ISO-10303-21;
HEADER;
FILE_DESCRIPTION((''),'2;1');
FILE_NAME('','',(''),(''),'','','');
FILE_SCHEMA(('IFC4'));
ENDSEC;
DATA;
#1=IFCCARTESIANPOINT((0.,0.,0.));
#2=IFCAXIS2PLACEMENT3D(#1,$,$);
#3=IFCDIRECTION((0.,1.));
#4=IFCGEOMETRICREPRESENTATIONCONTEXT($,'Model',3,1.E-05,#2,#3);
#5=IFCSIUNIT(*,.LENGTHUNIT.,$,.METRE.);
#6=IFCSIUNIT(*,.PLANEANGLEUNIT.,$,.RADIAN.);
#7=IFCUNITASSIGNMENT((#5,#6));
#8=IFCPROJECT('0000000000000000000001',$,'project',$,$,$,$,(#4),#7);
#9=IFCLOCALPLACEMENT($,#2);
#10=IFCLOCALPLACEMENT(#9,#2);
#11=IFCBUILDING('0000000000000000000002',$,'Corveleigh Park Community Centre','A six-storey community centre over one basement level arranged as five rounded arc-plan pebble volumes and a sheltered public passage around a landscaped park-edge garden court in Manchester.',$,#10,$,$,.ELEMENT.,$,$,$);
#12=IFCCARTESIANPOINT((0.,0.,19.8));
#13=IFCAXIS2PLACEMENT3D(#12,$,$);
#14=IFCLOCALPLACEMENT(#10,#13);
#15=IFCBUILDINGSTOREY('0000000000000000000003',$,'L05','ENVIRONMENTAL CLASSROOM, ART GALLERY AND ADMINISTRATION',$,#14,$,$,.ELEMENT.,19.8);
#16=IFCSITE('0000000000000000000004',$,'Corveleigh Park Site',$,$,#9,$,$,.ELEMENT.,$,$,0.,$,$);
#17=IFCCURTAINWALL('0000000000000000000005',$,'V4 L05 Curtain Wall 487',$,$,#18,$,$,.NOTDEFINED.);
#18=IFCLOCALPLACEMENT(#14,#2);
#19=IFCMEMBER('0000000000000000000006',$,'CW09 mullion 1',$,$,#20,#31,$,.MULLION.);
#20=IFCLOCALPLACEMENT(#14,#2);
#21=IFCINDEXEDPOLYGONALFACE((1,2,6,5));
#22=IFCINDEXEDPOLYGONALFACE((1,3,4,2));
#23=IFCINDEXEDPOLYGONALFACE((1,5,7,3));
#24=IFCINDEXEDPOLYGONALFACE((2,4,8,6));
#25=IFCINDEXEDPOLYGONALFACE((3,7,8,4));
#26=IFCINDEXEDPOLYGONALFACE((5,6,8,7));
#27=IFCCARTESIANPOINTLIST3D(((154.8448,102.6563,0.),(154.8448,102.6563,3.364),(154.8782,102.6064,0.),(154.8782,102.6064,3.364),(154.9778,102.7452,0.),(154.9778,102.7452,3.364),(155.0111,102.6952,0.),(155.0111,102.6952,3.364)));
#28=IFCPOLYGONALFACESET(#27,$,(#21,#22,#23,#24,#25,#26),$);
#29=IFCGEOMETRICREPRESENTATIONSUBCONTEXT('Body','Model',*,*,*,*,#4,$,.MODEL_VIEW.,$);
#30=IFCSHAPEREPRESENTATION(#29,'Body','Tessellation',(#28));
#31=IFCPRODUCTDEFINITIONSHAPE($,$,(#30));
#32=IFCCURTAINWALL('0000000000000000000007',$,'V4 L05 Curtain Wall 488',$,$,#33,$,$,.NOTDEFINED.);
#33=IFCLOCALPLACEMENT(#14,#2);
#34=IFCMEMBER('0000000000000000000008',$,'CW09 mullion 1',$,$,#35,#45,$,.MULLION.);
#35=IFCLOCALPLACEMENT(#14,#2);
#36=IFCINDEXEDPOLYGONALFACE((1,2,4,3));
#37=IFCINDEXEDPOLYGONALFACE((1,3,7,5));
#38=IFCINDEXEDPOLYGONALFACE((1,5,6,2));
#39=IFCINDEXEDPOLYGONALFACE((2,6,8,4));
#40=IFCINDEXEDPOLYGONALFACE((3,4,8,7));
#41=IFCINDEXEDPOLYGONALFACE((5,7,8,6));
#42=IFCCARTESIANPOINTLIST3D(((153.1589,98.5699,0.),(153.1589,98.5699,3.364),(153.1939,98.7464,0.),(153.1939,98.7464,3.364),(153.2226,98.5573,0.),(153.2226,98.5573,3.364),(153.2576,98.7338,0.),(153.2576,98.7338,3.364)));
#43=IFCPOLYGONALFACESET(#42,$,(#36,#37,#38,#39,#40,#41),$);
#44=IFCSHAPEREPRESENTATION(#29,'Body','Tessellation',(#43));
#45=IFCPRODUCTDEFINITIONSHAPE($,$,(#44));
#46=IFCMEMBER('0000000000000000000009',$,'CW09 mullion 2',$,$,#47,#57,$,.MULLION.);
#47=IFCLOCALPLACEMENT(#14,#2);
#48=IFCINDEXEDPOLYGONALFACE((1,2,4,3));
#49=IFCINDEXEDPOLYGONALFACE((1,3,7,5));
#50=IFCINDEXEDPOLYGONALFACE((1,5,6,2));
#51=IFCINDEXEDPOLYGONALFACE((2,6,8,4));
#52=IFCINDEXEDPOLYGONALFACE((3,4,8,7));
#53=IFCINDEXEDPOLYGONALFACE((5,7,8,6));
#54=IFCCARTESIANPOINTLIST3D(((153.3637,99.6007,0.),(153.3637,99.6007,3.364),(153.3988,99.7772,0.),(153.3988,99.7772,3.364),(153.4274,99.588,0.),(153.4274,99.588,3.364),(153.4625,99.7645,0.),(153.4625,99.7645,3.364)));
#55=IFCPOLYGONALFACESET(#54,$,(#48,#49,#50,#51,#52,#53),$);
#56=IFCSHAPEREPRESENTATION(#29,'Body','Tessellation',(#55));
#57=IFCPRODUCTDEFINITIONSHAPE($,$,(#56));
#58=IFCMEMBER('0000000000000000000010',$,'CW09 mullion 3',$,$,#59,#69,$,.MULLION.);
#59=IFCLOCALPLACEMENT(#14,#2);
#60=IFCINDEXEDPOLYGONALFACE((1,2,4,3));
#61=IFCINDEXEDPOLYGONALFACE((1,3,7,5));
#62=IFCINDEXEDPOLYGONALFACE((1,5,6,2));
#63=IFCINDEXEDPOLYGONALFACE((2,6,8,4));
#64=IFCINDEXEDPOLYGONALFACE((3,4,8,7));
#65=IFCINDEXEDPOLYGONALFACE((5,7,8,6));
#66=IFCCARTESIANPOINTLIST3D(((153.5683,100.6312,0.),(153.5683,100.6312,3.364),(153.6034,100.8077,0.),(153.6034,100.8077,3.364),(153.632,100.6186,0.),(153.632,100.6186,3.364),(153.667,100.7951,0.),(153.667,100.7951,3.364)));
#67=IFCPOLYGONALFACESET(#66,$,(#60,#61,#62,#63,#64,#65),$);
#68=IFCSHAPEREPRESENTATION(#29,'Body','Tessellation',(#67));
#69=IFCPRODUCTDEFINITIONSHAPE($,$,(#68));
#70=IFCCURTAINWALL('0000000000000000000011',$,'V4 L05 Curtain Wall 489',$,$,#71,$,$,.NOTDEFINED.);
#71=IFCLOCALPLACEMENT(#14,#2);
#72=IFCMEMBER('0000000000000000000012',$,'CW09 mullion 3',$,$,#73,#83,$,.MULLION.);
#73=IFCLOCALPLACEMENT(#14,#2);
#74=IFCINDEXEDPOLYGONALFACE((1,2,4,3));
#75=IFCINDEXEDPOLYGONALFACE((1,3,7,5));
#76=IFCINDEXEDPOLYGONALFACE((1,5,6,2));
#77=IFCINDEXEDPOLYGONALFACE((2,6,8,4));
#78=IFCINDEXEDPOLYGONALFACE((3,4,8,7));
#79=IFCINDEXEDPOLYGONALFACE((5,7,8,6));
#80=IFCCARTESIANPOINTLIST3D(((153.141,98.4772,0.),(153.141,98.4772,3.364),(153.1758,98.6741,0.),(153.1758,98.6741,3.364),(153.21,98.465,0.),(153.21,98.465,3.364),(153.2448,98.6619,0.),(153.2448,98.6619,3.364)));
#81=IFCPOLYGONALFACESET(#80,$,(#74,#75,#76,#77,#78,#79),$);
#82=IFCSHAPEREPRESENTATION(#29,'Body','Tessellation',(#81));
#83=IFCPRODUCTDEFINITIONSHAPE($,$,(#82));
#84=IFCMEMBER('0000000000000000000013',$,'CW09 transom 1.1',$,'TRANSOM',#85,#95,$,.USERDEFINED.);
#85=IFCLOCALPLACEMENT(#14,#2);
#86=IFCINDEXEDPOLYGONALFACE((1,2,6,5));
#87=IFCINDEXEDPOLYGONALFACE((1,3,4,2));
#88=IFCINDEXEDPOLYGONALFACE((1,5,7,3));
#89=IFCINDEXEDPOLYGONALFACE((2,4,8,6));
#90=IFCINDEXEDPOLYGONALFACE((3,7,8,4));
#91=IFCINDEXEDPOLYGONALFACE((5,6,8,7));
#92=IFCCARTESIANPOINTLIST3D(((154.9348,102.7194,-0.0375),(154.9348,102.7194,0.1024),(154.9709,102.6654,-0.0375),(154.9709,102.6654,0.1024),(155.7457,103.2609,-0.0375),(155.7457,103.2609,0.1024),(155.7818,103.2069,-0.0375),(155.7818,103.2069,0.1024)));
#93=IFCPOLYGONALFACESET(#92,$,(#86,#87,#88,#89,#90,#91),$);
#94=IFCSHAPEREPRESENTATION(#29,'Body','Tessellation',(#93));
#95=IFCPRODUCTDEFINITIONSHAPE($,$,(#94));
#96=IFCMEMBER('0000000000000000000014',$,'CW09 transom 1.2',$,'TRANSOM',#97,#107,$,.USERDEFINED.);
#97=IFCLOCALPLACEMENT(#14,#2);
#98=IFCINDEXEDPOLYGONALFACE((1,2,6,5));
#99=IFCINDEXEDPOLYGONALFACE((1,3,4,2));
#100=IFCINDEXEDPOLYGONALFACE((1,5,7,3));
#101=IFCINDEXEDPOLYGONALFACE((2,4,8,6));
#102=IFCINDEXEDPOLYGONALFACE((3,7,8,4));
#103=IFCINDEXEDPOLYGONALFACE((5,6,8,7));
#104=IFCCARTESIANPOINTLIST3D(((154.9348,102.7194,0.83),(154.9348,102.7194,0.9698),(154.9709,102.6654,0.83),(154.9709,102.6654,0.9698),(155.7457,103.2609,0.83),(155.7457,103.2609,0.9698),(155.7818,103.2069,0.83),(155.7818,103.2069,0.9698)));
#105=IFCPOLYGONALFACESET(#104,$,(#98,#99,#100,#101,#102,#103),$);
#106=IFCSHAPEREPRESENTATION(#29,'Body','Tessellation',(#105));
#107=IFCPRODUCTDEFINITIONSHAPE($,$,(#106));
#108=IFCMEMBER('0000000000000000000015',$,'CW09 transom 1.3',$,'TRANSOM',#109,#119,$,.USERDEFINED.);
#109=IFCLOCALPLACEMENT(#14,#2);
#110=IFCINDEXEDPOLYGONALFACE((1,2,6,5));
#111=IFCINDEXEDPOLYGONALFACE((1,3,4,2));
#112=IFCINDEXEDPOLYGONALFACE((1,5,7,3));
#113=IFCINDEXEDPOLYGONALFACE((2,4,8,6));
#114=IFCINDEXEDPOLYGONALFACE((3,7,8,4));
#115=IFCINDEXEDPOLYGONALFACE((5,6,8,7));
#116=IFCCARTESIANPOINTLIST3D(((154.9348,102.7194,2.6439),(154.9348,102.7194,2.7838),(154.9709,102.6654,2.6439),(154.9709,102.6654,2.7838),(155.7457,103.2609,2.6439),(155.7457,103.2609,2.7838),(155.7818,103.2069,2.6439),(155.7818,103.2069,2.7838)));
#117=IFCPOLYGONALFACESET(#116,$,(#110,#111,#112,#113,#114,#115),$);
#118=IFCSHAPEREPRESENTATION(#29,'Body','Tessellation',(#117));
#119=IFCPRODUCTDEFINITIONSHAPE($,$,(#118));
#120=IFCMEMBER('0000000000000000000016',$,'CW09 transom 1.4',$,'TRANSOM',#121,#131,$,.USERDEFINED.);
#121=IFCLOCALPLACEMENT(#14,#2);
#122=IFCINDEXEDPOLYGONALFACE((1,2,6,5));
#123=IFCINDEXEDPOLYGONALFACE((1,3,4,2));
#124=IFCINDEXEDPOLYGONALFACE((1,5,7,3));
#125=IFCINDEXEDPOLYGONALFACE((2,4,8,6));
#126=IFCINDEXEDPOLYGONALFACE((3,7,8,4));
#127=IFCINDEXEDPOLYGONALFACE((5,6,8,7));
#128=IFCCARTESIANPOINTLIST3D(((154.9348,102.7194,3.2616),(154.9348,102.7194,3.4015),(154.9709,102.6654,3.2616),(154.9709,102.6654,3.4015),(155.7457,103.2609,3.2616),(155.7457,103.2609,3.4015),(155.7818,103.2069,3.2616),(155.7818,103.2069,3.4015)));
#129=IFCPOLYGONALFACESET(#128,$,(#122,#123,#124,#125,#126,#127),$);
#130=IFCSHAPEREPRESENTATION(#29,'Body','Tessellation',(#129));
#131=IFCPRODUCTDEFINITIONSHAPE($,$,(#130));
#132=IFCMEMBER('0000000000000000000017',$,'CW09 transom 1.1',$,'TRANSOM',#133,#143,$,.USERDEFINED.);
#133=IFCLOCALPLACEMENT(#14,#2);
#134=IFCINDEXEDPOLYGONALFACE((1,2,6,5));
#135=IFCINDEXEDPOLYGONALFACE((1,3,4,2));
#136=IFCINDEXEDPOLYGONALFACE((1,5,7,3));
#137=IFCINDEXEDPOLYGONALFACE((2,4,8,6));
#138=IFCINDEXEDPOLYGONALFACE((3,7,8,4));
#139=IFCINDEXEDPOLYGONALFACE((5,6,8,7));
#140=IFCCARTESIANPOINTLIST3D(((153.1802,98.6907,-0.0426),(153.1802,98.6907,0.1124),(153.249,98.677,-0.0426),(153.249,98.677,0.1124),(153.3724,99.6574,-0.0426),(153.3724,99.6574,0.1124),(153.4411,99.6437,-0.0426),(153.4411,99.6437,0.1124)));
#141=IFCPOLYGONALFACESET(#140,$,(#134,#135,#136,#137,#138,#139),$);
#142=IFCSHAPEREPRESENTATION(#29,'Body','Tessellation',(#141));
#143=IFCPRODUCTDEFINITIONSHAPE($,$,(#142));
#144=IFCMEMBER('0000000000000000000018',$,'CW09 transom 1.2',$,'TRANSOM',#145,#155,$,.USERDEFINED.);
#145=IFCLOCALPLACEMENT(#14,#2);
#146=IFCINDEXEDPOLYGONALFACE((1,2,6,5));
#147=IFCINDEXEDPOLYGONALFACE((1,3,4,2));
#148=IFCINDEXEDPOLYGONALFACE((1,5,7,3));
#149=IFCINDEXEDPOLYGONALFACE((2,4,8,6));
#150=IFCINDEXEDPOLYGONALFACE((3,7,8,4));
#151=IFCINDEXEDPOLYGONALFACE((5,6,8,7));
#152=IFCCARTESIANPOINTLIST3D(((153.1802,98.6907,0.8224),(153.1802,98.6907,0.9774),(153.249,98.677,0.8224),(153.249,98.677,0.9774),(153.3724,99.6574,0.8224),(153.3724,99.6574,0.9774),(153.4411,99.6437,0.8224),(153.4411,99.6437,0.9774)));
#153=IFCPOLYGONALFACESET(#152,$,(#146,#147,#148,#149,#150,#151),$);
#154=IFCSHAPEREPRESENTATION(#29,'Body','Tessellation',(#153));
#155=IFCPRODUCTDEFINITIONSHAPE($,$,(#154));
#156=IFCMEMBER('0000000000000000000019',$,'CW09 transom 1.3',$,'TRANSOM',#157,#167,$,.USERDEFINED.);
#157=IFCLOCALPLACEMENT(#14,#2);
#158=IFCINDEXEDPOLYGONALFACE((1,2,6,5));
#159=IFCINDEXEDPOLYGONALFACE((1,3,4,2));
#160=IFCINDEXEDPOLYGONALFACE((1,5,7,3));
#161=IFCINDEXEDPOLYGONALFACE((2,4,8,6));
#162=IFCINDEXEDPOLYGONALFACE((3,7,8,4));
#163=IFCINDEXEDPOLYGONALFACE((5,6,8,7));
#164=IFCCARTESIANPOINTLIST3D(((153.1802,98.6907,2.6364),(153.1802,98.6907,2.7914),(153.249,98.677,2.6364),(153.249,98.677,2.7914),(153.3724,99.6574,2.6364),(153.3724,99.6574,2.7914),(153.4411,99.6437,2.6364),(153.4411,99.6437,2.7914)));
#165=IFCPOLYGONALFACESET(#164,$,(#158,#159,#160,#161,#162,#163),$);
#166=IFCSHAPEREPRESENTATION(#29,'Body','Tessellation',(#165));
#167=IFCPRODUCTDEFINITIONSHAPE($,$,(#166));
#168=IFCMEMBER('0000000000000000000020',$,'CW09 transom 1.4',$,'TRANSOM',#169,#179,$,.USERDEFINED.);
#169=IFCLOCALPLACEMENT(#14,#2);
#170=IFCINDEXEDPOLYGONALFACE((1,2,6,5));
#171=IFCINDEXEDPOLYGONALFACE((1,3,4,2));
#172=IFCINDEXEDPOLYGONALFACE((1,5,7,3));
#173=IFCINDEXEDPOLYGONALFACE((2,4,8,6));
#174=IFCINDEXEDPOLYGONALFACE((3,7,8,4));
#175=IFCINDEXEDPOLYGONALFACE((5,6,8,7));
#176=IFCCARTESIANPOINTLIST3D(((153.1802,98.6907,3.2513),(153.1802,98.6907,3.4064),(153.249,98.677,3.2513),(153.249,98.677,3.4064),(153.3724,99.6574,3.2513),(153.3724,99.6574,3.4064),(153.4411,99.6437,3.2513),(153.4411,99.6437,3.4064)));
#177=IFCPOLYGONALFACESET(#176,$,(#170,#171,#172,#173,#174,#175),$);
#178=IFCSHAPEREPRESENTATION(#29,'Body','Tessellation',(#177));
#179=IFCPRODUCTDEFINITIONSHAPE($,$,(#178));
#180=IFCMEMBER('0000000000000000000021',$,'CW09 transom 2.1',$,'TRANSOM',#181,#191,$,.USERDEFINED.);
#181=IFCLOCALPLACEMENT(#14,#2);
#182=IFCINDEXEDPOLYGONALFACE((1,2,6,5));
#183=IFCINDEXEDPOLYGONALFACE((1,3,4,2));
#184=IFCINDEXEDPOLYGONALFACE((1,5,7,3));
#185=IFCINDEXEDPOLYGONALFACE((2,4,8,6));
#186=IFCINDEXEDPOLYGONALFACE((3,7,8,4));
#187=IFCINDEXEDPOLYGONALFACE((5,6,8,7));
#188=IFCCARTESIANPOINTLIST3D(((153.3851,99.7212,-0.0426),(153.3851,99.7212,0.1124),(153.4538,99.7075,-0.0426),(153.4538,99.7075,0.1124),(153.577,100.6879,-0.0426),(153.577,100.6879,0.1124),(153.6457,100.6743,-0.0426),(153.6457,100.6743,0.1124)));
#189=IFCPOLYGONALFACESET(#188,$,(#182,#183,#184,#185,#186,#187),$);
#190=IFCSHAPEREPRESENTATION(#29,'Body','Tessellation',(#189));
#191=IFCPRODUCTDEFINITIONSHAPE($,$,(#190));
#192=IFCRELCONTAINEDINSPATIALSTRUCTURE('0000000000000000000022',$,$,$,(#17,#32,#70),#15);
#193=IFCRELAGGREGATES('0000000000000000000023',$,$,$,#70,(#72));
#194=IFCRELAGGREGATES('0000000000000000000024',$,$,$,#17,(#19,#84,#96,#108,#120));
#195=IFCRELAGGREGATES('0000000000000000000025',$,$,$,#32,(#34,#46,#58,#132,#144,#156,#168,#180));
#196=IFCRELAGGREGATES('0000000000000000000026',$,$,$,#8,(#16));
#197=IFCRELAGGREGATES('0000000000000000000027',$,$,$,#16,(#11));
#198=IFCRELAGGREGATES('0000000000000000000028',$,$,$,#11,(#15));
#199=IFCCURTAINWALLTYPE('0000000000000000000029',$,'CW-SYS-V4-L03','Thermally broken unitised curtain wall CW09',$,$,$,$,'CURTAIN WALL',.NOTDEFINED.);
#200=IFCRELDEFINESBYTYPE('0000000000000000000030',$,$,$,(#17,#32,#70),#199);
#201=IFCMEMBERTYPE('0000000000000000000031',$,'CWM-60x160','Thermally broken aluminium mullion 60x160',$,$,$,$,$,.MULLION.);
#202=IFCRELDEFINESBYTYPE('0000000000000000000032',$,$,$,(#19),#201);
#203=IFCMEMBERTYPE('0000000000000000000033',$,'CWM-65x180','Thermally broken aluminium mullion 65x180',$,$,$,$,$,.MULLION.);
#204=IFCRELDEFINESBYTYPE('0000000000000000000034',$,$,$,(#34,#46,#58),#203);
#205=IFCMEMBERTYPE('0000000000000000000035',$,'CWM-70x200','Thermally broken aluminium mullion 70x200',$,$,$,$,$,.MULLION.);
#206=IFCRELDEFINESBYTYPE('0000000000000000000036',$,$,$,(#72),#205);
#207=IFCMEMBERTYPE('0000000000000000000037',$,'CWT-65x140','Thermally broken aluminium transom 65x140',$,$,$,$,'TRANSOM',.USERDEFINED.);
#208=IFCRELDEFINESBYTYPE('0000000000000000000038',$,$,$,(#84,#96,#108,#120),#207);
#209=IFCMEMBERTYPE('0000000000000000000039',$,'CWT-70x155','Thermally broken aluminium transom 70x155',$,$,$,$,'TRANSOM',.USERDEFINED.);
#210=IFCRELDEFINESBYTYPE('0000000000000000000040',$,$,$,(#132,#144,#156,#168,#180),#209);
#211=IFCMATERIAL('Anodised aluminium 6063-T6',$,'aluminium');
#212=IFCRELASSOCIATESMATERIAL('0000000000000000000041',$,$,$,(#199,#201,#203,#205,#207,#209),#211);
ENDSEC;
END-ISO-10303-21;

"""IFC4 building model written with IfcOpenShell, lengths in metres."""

from ifc_helpers import new_model, si_unit, direction, frame, origin, origin_2d, place, context, subcontext, project, spatial, rectangle, extrude, material, material_profile, profile_set, type_object, element, aggregate, save


model = new_model("IFC4")

# Units and contexts
model_context = context("Model", 3, precision=1e-05, world=origin(), true_north=direction((0.0, 1.0)))
body_context = subcontext(model_context, "Body", "Model", "MODEL_VIEW")
ifc_project = project(units=[si_unit("LENGTHUNIT", "METRE"), si_unit("PLANEANGLEUNIT", "RADIAN")], contexts=[model_context])

# Site, building, storey
site_placement = place(None, origin())
site = spatial("IfcSite", under=ifc_project, at=site_placement, Name="Corveleigh Park Site", CompositionType="ELEMENT", RefElevation=0.0)
building_placement = place(site_placement, origin())
building = spatial("IfcBuilding", under=site, at=building_placement, Name="Corveleigh Park Community Centre", Description="A six-storey community centre over one basement level arranged as five rounded arc-plan pebble volumes and a sheltered public passage around a landscaped park-edge garden court in Manchester.", CompositionType="ELEMENT")
storey_placement = place(building_placement, frame((0.0, 0.0, 19.8)))
storey = spatial("IfcBuildingStorey", under=building, at=storey_placement, Name="L05", Description="ENVIRONMENTAL CLASSROOM, ART GALLERY AND ADMINISTRATION", CompositionType="ELEMENT", Elevation=19.8)

# Curtain wall, member
ifc_material_1 = material(Name="Anodised aluminium 6063-T6", Category="aluminium")
curtain_wall_type = type_object("IfcCurtainWallType", Name="CW-SYS-V4-L03", Description="Thermally broken unitised curtain wall CW09", ElementType="CURTAIN WALL", PredefinedType="NOTDEFINED", material=ifc_material_1)
curtain_wall_1_placement = place(storey_placement, origin())
curtain_wall_1 = element("IfcCurtainWall", 1, at=curtain_wall_1_placement, inside=storey, type_object=curtain_wall_type, Name="V4 L05 Curtain Wall 487", PredefinedType="NOTDEFINED")
ifc_material_profile_1 = material_profile(ifc_material_1, rectangle(XDim=0.0601, YDim=0.1599, at=origin_2d()), Name="ALU-M60x160", Category="aluminium")
ifc_profile_set_1 = profile_set([ifc_material_profile_1], Name="Anodised aluminium 6063-T6")
member_type_1 = type_object("IfcMemberType", Name="CWM-60x160", Description="Thermally broken aluminium mullion 60x160", PredefinedType="MULLION", material=ifc_profile_set_1)
member_1_placement = place(storey_placement, frame((154.928, 102.6758, 0.0), z_axis=(0.0, 0.0, 1.0), x_axis=(-0.555458, 0.831544, 0.0)))
member_1 = element("IfcMember", 2, at=member_1_placement, type_object=member_type_1, Name="CW09 mullion 1", PredefinedType="MULLION", context=body_context, shape_type="SweptSolid", body=[
    extrude(rectangle(XDim=0.0601, YDim=0.1599, at=origin_2d()), origin(), (0.0, 0.0, 1.0), 3.364),
])

# Curtain wall, members
curtain_wall_2_placement = place(storey_placement, origin())
curtain_wall_2 = element("IfcCurtainWall", 3, at=curtain_wall_2_placement, inside=storey, type_object=curtain_wall_type, Name="V4 L05 Curtain Wall 488", PredefinedType="NOTDEFINED")
ifc_material_profile_2 = material_profile(ifc_material_1, rectangle(XDim=0.0649, YDim=0.1799, at=origin_2d()), Name="ALU-M65x180", Category="aluminium")
ifc_profile_set_2 = profile_set([ifc_material_profile_2], Name="Anodised aluminium 6063-T6")
member_type_2 = type_object("IfcMemberType", Name="CWM-65x180", Description="Thermally broken aluminium mullion 65x180", PredefinedType="MULLION", material=ifc_profile_set_2)
member_2_placement = place(storey_placement, frame((153.2083, 98.6519, 0.0), z_axis=(0.0, 0.0, 1.0), x_axis=(-0.980846, 0.194784, 0.0)))
member_2 = element("IfcMember", 4, at=member_2_placement, type_object=member_type_2, Name="CW09 mullion 1", PredefinedType="MULLION", context=body_context, shape_type="SweptSolid", body=[
    extrude(rectangle(XDim=0.0649, YDim=0.1799, at=origin_2d()), origin(), (0.0, 0.0, 1.0), 3.364),
])
member_3_placement = place(storey_placement, frame((153.4131, 99.6826, 0.0), z_axis=(0.0, 0.0, 1.0), x_axis=(-0.980846, 0.194784, 0.0)))
member_3 = element("IfcMember", 5, at=member_3_placement, type_object=member_type_2, Name="CW09 mullion 2", PredefinedType="MULLION", context=body_context, shape_type="SweptSolid", body=[
    extrude(rectangle(XDim=0.0649, YDim=0.1799, at=origin_2d()), origin(), (0.0, 0.0, 1.0), 3.364),
])
member_4_placement = place(storey_placement, frame((153.6177, 100.7131, 0.0), z_axis=(0.0, 0.0, 1.0), x_axis=(-0.980846, 0.194784, 0.0)))
member_4 = element("IfcMember", 6, at=member_4_placement, type_object=member_type_2, Name="CW09 mullion 3", PredefinedType="MULLION", context=body_context, shape_type="SweptSolid", body=[
    extrude(rectangle(XDim=0.0649, YDim=0.1799, at=origin_2d()), origin(), (0.0, 0.0, 1.0), 3.364),
])

# Curtain wall, member
curtain_wall_3_placement = place(storey_placement, origin())
curtain_wall_3 = element("IfcCurtainWall", 7, at=curtain_wall_3_placement, inside=storey, type_object=curtain_wall_type, Name="V4 L05 Curtain Wall 489", PredefinedType="NOTDEFINED")
ifc_material_profile_3 = material_profile(ifc_material_1, rectangle(XDim=0.0701, YDim=0.2, at=origin_2d()), Name="ALU-M70x200", Category="aluminium")
ifc_profile_set_3 = profile_set([ifc_material_profile_3], Name="Anodised aluminium 6063-T6")
member_type_3 = type_object("IfcMemberType", Name="CWM-70x200", Description="Thermally broken aluminium mullion 70x200", PredefinedType="MULLION", material=ifc_profile_set_3)
member_5_placement = place(storey_placement, frame((153.1929, 98.5696, 0.0), z_axis=(0.0, 0.0, 1.0), x_axis=(-0.984735, 0.174058, 0.0)))
member_5 = element("IfcMember", 8, at=member_5_placement, type_object=member_type_3, Name="CW09 mullion 3", PredefinedType="MULLION", context=body_context, shape_type="SweptSolid", body=[
    extrude(rectangle(XDim=0.0701, YDim=0.2, at=origin_2d()), origin(), (0.0, 0.0, 1.0), 3.364),
])
aggregate(curtain_wall_3, [member_5])

# Members
ifc_material_profile_4 = material_profile(ifc_material_1, rectangle(XDim=0.0649, YDim=0.1399, at=origin_2d()), Name="ALU-T65x140", Category="aluminium")
ifc_profile_set_4 = profile_set([ifc_material_profile_4], Name="Anodised aluminium 6063-T6")
member_type_4 = type_object("IfcMemberType", Name="CWT-65x140", Description="Thermally broken aluminium transom 65x140", ElementType="TRANSOM", PredefinedType="USERDEFINED", material=ifc_profile_set_4)
member_6_placement = place(storey_placement, frame((154.9529, 102.6924, 0.0325), z_axis=(0.831588, 0.555393, 0.0), x_axis=(-0.555393, 0.831588, 0.0)))
member_6 = element("IfcMember", 9, at=member_6_placement, type_object=member_type_4, Name="CW09 transom 1.1", ObjectType="TRANSOM", PredefinedType="USERDEFINED", context=body_context, shape_type="SweptSolid", body=[
    extrude(rectangle(XDim=0.0649, YDim=0.1399, at=origin_2d()), origin(), (0.0, 0.0, 1.0), 0.9751),
])
member_7_placement = place(storey_placement, frame((154.9529, 102.6924, 0.8999), z_axis=(0.831588, 0.555393, 0.0), x_axis=(-0.555393, 0.831588, 0.0)))
member_7 = element("IfcMember", 10, at=member_7_placement, type_object=member_type_4, Name="CW09 transom 1.2", ObjectType="TRANSOM", PredefinedType="USERDEFINED", context=body_context, shape_type="SweptSolid", body=[
    extrude(rectangle(XDim=0.0649, YDim=0.1399, at=origin_2d()), origin(), (0.0, 0.0, 1.0), 0.9751),
])
member_8_placement = place(storey_placement, frame((154.9529, 102.6924, 2.7139), z_axis=(0.831588, 0.555393, 0.0), x_axis=(-0.555393, 0.831588, 0.0)))
member_8 = element("IfcMember", 11, at=member_8_placement, type_object=member_type_4, Name="CW09 transom 1.3", ObjectType="TRANSOM", PredefinedType="USERDEFINED", context=body_context, shape_type="SweptSolid", body=[
    extrude(rectangle(XDim=0.0649, YDim=0.1399, at=origin_2d()), origin(), (0.0, 0.0, 1.0), 0.9751),
])
member_9_placement = place(storey_placement, frame((154.9529, 102.6924, 3.3315), z_axis=(0.831588, 0.555393, 0.0), x_axis=(-0.555393, 0.831588, 0.0)))
member_9 = element("IfcMember", 12, at=member_9_placement, type_object=member_type_4, Name="CW09 transom 1.4", ObjectType="TRANSOM", PredefinedType="USERDEFINED", context=body_context, shape_type="SweptSolid", body=[
    extrude(rectangle(XDim=0.0649, YDim=0.1399, at=origin_2d()), origin(), (0.0, 0.0, 1.0), 0.9751),
])
aggregate(curtain_wall_1, [member_1, member_6, member_7, member_8, member_9])
ifc_material_profile_5 = material_profile(ifc_material_1, rectangle(XDim=0.0701, YDim=0.155, at=origin_2d()), Name="ALU-T70x155", Category="aluminium")
ifc_profile_set_5 = profile_set([ifc_material_profile_5], Name="Anodised aluminium 6063-T6")
member_type_5 = type_object("IfcMemberType", Name="CWT-70x155", Description="Thermally broken aluminium transom 70x155", ElementType="TRANSOM", PredefinedType="USERDEFINED", material=ifc_profile_set_5)
member_10_placement = place(storey_placement, frame((153.2146, 98.6838, 0.0349), z_axis=(0.194925, 0.980818, 0.0), x_axis=(-0.980818, 0.194925, 0.0)))
member_10 = element("IfcMember", 13, at=member_10_placement, type_object=member_type_5, Name="CW09 transom 1.1", ObjectType="TRANSOM", PredefinedType="USERDEFINED", context=body_context, shape_type="SweptSolid", body=[
    extrude(rectangle(XDim=0.0701, YDim=0.155, at=origin_2d()), origin(), (0.0, 0.0, 1.0), 0.9856),
])
member_11_placement = place(storey_placement, frame((153.2146, 98.6838, 0.8999), z_axis=(0.194925, 0.980818, 0.0), x_axis=(-0.980818, 0.194925, 0.0)))
member_11 = element("IfcMember", 14, at=member_11_placement, type_object=member_type_5, Name="CW09 transom 1.2", ObjectType="TRANSOM", PredefinedType="USERDEFINED", context=body_context, shape_type="SweptSolid", body=[
    extrude(rectangle(XDim=0.0701, YDim=0.155, at=origin_2d()), origin(), (0.0, 0.0, 1.0), 0.9856),
])
member_12_placement = place(storey_placement, frame((153.2146, 98.6838, 2.7139), z_axis=(0.194925, 0.980818, 0.0), x_axis=(-0.980818, 0.194925, 0.0)))
member_12 = element("IfcMember", 15, at=member_12_placement, type_object=member_type_5, Name="CW09 transom 1.3", ObjectType="TRANSOM", PredefinedType="USERDEFINED", context=body_context, shape_type="SweptSolid", body=[
    extrude(rectangle(XDim=0.0701, YDim=0.155, at=origin_2d()), origin(), (0.0, 0.0, 1.0), 0.9856),
])
member_13_placement = place(storey_placement, frame((153.2146, 98.6838, 3.3289), z_axis=(0.194925, 0.980818, 0.0), x_axis=(-0.980818, 0.194925, 0.0)))
member_13 = element("IfcMember", 16, at=member_13_placement, type_object=member_type_5, Name="CW09 transom 1.4", ObjectType="TRANSOM", PredefinedType="USERDEFINED", context=body_context, shape_type="SweptSolid", body=[
    extrude(rectangle(XDim=0.0701, YDim=0.155, at=origin_2d()), origin(), (0.0, 0.0, 1.0), 0.9856),
])
member_14_placement = place(storey_placement, frame((153.4194, 99.7144, 0.0349), z_axis=(0.194687, 0.980865, 0.0), x_axis=(-0.980865, 0.194687, 0.0)))
member_14 = element("IfcMember", 17, at=member_14_placement, type_object=member_type_5, Name="CW09 transom 2.1", ObjectType="TRANSOM", PredefinedType="USERDEFINED", context=body_context, shape_type="SweptSolid", body=[
    extrude(rectangle(XDim=0.0701, YDim=0.155, at=origin_2d()), origin(), (0.0, 0.0, 1.0), 0.9856),
])

aggregate(curtain_wall_2, [member_2, member_3, member_4, member_10, member_11, member_12, member_13, member_14])

save(model, "model.ifc")
